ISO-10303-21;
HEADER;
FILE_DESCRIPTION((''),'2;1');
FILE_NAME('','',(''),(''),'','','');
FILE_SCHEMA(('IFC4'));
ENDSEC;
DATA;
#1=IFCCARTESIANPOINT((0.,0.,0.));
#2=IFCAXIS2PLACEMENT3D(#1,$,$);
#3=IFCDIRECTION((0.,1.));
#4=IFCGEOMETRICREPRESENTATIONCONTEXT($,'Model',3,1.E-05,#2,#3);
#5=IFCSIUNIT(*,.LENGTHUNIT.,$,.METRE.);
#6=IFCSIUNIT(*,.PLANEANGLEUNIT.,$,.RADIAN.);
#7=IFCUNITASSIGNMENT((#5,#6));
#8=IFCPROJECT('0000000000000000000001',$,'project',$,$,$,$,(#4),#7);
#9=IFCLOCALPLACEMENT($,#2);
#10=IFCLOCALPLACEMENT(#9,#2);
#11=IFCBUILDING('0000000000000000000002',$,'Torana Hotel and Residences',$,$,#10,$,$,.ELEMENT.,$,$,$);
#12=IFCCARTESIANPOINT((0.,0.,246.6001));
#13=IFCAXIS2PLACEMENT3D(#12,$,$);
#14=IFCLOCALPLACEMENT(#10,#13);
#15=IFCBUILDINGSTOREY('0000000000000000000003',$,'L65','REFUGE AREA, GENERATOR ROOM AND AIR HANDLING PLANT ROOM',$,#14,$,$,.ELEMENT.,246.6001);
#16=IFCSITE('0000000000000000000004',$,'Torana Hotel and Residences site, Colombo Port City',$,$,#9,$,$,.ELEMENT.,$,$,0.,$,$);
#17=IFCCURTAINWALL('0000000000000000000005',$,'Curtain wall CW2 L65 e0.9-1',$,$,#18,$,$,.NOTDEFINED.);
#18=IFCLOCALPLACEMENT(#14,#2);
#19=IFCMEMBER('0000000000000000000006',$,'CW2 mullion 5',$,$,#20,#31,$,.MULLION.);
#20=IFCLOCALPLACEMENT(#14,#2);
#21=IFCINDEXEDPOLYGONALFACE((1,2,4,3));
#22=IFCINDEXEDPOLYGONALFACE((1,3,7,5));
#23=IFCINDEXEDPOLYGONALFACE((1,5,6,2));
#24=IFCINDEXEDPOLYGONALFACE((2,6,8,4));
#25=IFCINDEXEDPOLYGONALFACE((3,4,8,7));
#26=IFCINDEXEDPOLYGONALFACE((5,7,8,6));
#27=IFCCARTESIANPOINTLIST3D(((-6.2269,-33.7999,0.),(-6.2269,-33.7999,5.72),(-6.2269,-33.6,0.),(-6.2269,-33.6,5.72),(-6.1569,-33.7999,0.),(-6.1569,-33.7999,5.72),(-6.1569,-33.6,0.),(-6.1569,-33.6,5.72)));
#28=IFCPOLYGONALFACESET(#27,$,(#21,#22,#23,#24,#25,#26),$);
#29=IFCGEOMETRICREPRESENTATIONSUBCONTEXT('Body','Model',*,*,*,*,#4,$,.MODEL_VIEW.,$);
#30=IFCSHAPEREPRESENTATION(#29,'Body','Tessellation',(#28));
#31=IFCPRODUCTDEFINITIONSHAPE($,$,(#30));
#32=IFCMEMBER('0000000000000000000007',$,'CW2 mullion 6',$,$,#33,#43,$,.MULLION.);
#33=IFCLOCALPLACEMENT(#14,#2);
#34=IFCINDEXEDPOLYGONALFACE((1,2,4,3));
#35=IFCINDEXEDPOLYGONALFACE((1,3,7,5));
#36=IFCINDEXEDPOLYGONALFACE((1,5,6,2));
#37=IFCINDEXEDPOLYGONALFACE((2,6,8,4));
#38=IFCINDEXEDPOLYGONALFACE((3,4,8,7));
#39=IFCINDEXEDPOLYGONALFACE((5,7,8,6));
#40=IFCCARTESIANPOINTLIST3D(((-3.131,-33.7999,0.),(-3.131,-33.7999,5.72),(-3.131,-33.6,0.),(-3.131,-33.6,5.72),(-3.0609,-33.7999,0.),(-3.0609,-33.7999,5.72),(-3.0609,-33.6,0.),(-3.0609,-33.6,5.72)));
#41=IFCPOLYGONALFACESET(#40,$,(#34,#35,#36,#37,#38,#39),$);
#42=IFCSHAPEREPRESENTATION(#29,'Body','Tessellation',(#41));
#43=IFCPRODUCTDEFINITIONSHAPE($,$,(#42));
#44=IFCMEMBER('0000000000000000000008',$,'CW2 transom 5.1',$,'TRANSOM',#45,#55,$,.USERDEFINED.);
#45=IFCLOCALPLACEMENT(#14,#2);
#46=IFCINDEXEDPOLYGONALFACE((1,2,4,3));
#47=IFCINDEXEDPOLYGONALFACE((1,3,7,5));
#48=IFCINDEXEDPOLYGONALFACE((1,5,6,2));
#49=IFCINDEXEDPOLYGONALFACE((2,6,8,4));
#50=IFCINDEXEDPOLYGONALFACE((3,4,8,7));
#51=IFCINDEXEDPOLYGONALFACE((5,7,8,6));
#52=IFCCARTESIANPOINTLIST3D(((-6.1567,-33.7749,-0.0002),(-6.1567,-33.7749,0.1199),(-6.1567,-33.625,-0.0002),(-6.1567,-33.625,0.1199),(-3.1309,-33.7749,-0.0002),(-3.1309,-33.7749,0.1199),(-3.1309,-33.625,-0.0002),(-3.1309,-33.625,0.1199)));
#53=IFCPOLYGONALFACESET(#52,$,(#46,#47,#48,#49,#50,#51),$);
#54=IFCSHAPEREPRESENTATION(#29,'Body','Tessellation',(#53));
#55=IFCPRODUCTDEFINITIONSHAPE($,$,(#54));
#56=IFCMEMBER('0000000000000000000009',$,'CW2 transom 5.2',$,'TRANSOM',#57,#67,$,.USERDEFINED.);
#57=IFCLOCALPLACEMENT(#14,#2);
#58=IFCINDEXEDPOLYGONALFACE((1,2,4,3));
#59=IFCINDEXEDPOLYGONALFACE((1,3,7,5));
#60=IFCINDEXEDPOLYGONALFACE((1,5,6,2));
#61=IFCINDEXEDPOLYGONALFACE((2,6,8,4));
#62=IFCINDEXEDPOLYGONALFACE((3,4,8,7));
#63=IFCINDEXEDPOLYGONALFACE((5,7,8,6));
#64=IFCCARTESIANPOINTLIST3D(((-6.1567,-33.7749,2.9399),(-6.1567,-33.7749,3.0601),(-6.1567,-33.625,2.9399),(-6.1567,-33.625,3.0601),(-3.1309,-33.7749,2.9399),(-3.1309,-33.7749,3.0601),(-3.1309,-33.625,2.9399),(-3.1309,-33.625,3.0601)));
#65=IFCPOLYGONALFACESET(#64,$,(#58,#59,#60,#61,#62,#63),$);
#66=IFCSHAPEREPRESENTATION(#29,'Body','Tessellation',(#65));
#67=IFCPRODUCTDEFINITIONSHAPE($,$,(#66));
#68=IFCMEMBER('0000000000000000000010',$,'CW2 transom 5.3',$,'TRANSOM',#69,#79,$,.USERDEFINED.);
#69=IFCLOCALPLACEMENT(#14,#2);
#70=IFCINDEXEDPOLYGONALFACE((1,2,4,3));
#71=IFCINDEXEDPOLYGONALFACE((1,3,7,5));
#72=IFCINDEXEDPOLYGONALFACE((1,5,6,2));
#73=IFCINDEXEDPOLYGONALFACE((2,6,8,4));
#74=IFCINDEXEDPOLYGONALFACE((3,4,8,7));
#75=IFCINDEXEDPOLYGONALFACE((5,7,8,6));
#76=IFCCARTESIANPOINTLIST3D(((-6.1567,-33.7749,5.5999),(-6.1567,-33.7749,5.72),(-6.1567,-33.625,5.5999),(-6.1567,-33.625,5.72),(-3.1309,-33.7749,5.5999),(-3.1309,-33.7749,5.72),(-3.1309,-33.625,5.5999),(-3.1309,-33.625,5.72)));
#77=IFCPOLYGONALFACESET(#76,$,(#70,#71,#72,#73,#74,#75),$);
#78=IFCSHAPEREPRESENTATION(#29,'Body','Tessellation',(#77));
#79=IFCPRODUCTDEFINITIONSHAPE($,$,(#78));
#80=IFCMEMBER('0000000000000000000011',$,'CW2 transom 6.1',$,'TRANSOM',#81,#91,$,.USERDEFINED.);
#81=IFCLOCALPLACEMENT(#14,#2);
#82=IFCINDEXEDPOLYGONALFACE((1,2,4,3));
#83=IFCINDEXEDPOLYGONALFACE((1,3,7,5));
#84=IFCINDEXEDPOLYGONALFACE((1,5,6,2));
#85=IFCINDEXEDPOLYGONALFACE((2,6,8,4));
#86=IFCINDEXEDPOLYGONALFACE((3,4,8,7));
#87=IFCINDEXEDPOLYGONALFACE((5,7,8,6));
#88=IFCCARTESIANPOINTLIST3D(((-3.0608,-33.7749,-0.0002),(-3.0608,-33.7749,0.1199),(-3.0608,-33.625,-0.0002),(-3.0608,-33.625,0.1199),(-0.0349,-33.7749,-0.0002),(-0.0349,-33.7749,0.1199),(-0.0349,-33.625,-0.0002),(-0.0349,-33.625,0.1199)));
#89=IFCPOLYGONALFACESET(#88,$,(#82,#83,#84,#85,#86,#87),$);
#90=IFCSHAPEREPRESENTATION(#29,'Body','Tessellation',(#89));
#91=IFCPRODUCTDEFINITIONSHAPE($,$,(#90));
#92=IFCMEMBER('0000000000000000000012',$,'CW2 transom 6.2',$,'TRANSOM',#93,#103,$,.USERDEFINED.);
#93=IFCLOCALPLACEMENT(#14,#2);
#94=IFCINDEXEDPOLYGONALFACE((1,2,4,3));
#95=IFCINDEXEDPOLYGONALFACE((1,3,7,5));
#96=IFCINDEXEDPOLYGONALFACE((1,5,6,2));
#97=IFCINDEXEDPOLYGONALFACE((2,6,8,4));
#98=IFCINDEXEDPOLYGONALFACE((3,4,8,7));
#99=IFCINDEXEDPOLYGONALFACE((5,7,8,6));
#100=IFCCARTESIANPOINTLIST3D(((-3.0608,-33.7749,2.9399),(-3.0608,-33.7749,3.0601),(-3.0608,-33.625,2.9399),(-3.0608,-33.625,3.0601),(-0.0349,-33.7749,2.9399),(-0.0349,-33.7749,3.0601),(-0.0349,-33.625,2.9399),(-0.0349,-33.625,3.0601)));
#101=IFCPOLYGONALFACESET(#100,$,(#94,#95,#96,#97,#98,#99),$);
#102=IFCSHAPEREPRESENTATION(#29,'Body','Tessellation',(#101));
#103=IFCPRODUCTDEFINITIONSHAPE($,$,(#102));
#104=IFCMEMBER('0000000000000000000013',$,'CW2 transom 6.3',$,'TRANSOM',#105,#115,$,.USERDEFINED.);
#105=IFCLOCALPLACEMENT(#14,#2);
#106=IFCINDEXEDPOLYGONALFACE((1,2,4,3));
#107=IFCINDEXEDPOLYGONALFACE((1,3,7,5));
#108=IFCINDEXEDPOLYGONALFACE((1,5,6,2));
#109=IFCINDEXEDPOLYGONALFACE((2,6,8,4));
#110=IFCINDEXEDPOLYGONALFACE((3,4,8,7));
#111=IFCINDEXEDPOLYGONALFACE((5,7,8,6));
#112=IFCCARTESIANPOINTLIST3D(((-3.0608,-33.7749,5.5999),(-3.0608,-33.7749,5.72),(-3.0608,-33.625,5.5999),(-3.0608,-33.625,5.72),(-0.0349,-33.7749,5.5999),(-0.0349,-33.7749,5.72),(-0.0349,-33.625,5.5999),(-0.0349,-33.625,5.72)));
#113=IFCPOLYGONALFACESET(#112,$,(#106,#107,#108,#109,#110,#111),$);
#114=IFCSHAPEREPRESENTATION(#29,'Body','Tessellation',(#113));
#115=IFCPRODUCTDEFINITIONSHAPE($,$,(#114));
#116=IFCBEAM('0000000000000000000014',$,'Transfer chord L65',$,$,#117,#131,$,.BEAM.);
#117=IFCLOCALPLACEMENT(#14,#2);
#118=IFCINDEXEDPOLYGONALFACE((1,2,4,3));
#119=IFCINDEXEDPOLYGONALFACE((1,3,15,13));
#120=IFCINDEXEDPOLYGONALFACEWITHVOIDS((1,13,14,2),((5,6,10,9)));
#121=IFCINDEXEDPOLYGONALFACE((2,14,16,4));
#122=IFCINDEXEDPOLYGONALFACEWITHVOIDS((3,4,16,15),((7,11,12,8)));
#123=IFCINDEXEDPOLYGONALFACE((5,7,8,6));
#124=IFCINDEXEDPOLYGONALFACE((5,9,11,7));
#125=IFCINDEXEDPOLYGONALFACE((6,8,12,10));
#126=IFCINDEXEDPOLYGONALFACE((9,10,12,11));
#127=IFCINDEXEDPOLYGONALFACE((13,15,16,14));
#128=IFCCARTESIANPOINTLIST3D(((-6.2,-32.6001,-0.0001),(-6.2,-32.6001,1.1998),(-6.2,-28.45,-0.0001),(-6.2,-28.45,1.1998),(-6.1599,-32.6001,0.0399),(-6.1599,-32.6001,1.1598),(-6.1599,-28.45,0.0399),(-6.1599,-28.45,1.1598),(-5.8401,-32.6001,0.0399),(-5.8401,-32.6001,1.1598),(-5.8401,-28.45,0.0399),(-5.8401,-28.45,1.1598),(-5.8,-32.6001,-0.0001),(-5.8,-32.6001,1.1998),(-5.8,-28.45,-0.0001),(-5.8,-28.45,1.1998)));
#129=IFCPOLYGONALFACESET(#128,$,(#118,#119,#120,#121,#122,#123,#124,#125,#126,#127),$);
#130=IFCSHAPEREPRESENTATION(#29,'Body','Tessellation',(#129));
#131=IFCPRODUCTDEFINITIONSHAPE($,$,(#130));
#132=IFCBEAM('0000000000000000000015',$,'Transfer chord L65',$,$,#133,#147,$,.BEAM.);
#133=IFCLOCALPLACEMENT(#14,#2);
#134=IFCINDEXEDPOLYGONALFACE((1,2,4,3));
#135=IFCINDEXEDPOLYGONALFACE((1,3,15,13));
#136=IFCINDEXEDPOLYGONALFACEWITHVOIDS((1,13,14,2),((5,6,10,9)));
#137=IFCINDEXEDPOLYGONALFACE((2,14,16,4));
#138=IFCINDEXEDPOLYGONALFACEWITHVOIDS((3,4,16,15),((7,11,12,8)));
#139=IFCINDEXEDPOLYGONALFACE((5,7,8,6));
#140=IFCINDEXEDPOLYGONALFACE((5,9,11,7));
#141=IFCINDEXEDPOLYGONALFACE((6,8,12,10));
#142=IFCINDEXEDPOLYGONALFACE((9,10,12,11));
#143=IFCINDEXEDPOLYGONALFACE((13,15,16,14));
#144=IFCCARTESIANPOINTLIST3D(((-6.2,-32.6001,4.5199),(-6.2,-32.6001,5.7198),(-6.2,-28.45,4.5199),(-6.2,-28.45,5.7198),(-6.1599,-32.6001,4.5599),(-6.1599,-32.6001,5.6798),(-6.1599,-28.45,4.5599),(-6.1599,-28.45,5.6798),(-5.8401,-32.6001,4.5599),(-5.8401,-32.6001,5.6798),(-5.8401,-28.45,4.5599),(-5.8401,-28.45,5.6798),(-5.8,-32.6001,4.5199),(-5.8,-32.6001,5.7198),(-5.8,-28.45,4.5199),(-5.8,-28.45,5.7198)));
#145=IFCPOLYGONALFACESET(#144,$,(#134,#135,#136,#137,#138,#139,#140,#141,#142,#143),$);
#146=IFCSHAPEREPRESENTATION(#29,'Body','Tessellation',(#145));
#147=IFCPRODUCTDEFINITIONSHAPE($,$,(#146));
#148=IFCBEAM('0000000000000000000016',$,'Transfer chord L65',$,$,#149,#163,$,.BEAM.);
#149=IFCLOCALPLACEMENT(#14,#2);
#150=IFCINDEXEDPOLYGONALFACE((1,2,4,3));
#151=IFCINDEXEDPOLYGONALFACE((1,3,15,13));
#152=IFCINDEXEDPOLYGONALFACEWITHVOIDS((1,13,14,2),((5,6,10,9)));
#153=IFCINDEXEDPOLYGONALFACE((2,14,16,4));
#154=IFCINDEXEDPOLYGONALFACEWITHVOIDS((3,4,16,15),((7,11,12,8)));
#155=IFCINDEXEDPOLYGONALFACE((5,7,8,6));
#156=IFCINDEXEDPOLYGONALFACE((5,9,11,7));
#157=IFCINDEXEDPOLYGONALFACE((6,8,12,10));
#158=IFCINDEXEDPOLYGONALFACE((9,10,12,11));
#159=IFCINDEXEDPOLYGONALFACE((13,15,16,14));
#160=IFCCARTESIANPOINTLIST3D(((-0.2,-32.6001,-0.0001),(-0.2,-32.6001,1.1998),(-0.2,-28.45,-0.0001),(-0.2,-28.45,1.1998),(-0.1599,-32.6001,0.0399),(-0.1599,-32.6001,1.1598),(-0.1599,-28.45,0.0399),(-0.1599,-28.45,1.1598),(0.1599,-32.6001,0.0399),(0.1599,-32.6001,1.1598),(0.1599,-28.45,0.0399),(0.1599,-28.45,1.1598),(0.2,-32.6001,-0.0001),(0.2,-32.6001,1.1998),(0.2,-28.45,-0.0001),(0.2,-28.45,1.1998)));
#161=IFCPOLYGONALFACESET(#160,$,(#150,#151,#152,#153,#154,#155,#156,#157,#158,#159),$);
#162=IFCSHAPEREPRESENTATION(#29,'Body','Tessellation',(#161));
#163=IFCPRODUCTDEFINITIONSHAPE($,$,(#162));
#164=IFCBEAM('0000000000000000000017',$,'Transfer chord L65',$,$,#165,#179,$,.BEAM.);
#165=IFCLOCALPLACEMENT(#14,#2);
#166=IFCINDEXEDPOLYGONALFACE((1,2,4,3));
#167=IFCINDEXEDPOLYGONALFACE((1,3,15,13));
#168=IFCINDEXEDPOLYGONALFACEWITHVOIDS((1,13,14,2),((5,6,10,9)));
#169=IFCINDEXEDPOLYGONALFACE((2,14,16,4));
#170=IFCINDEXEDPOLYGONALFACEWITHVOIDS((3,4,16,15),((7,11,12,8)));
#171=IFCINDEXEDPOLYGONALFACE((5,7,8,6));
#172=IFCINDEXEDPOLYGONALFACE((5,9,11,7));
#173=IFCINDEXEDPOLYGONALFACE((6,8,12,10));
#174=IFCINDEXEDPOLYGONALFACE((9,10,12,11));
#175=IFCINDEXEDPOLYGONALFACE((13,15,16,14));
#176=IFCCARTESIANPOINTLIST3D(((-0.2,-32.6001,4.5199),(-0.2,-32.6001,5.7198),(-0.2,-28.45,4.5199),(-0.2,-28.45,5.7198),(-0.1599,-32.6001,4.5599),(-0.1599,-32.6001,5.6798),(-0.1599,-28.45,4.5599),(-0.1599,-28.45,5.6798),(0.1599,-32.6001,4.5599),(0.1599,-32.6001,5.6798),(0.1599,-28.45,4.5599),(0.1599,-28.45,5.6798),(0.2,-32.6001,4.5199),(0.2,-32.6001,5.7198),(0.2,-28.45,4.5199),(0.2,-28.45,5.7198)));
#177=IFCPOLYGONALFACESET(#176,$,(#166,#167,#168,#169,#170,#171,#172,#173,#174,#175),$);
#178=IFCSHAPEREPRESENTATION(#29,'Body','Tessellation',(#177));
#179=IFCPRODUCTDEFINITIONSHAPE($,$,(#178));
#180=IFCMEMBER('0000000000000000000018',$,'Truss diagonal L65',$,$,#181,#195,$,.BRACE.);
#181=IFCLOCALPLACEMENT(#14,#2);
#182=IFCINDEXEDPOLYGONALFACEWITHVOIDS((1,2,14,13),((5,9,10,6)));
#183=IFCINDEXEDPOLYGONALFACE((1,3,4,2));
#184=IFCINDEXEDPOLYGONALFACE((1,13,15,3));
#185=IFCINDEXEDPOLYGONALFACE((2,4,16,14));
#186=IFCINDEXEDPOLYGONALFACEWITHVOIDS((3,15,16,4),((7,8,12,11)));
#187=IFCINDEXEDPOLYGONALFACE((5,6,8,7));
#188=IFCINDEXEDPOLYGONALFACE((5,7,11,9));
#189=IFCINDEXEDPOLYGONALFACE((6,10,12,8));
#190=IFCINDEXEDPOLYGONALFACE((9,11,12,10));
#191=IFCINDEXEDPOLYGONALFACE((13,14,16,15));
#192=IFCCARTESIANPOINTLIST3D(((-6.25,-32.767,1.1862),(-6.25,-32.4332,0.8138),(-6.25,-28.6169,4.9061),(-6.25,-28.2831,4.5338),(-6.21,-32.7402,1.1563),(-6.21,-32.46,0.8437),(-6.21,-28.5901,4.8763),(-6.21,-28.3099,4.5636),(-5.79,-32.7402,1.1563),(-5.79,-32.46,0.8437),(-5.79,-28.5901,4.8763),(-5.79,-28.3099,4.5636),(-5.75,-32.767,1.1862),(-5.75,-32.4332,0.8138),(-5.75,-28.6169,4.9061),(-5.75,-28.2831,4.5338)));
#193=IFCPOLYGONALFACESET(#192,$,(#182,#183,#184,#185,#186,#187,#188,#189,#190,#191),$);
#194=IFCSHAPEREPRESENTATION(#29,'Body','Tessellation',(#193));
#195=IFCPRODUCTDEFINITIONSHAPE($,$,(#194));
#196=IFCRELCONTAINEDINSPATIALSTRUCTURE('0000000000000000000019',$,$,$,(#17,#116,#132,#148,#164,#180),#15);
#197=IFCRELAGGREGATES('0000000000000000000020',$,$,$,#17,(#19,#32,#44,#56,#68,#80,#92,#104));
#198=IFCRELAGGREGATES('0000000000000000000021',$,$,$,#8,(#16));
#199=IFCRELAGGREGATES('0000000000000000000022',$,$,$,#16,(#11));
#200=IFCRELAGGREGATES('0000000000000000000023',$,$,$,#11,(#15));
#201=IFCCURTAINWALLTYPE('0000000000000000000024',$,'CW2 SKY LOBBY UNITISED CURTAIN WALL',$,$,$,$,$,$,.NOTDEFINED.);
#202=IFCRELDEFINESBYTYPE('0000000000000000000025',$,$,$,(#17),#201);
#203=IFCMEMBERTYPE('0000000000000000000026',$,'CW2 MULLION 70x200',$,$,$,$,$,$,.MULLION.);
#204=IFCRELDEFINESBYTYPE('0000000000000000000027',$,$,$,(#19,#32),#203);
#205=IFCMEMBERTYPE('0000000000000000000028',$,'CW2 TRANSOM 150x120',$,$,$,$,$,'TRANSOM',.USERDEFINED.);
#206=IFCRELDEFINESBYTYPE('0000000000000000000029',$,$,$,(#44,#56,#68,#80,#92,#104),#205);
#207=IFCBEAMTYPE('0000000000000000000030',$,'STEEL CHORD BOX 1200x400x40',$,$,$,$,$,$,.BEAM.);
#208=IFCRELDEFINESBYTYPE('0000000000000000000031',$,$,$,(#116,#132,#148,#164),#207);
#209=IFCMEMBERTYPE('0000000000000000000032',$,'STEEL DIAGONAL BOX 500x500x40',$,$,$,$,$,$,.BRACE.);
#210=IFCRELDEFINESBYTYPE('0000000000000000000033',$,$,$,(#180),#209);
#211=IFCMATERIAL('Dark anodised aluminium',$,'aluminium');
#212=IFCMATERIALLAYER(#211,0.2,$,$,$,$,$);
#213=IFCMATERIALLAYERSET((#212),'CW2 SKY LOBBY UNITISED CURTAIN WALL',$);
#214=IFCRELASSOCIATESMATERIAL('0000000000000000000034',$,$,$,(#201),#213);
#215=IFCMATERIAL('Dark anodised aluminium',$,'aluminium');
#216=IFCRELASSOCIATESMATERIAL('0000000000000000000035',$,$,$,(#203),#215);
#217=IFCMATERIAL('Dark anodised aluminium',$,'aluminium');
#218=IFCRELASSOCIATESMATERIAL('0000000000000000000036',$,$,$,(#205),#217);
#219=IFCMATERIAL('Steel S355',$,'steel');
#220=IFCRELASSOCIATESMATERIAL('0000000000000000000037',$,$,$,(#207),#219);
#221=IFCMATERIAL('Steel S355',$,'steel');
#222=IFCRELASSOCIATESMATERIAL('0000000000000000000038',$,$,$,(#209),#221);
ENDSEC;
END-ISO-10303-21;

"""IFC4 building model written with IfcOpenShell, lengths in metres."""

from ifc_helpers import new_model, si_unit, direction, frame, origin, origin_2d, place, context, subcontext, project, spatial, rectangle, hollow_rectangle, extrude, material, layer, layer_set, material_profile, profile_set, type_object, element, aggregate, save


model = new_model("IFC4")

# Units and contexts
model_context = context("Model", 3, precision=1e-05, world=origin(), true_north=direction((0.0, 1.0)))
body_context = subcontext(model_context, "Body", "Model", "MODEL_VIEW")
ifc_project = project(units=[si_unit("LENGTHUNIT", "METRE"), si_unit("PLANEANGLEUNIT", "RADIAN")], contexts=[model_context])

# Site, building, storey
site_placement = place(None, origin())
site = spatial("IfcSite", under=ifc_project, at=site_placement, Name="Torana Hotel and Residences site, Colombo Port City", CompositionType="ELEMENT", RefElevation=0.0)
building_placement = place(site_placement, origin())
building = spatial("IfcBuilding", under=site, at=building_placement, Name="Torana Hotel and Residences", CompositionType="ELEMENT")
storey_placement = place(building_placement, frame((0.0, 0.0, 246.6001)))
storey = spatial("IfcBuildingStorey", under=building, at=storey_placement, Name="L65", Description="REFUGE AREA, GENERATOR ROOM AND AIR HANDLING PLANT ROOM", CompositionType="ELEMENT", Elevation=246.6001)

# Curtain wall, members
ifc_material_1 = material(Name="Dark anodised aluminium", Category="aluminium")
ifc_layer_1 = layer(ifc_material_1, 0.2)
ifc_layer_set_1 = layer_set([ifc_layer_1], Name="CW2 SKY LOBBY UNITISED CURTAIN WALL")
curtain_wall_type = type_object("IfcCurtainWallType", Name="CW2 SKY LOBBY UNITISED CURTAIN WALL", PredefinedType="NOTDEFINED", material=ifc_layer_set_1)
curtain_wall_placement = place(storey_placement, origin())
curtain_wall = element("IfcCurtainWall", 1, at=curtain_wall_placement, inside=storey, type_object=curtain_wall_type, Name="Curtain wall CW2 L65 e0.9-1", PredefinedType="NOTDEFINED")
ifc_material_2 = material(Name="Dark anodised aluminium", Category="aluminium")
ifc_material_profile_1 = material_profile(ifc_material_2, rectangle(XDim=0.2, YDim=0.0701, at=origin_2d()), Name="CW2 MULLION 70x200")
ifc_profile_set_1 = profile_set([ifc_material_profile_1], Name="Dark anodised aluminium")
member_type_1 = type_object("IfcMemberType", Name="CW2 MULLION 70x200", PredefinedType="MULLION", material=ifc_profile_set_1)
member_1_placement = place(storey_placement, frame((-6.1919, -33.7, 0.0), z_axis=(0.0, 0.0, 1.0), x_axis=(0.0, 1.0, 0.0)))
member_1 = element("IfcMember", 2, at=member_1_placement, type_object=member_type_1, Name="CW2 mullion 5", PredefinedType="MULLION", context=body_context, shape_type="SweptSolid", body=[
    extrude(rectangle(XDim=0.2, YDim=0.0701, at=origin_2d()), origin(), (0.0, 0.0, 1.0), 5.72),
])
member_2_placement = place(storey_placement, frame((-3.0959, -33.7, 0.0), z_axis=(0.0, 0.0, 1.0), x_axis=(0.0, 1.0, 0.0)))
member_2 = element("IfcMember", 3, at=member_2_placement, type_object=member_type_1, Name="CW2 mullion 6", PredefinedType="MULLION", context=body_context, shape_type="SweptSolid", body=[
    extrude(rectangle(XDim=0.2, YDim=0.0701, at=origin_2d()), origin(), (0.0, 0.0, 1.0), 5.72),
])
ifc_material_3 = material(Name="Dark anodised aluminium", Category="aluminium")
ifc_material_profile_2 = material_profile(ifc_material_3, rectangle(XDim=0.1499, YDim=0.1201, at=origin_2d()), Name="CW2 TRANSOM 150x120")
ifc_profile_set_2 = profile_set([ifc_material_profile_2], Name="Dark anodised aluminium")
member_type_2 = type_object("IfcMemberType", Name="CW2 TRANSOM 150x120", ElementType="TRANSOM", PredefinedType="USERDEFINED", material=ifc_profile_set_2)
member_3_placement = place(storey_placement, frame((-6.1567, -33.7, 0.0598), z_axis=(1.0, 0.0, 0.0), x_axis=(0.0, 1.0, 0.0)))
member_3 = element("IfcMember", 4, at=member_3_placement, type_object=member_type_2, Name="CW2 transom 5.1", ObjectType="TRANSOM", PredefinedType="USERDEFINED", context=body_context, shape_type="SweptSolid", body=[
    extrude(rectangle(XDim=0.1499, YDim=0.1201, at=origin_2d()), origin(), (0.0, 0.0, 1.0), 3.0259),
])
member_4_placement = place(storey_placement, frame((-6.1567, -33.7, 3.0), z_axis=(1.0, 0.0, 0.0), x_axis=(0.0, 1.0, 0.0)))
member_4 = element("IfcMember", 5, at=member_4_placement, type_object=member_type_2, Name="CW2 transom 5.2", ObjectType="TRANSOM", PredefinedType="USERDEFINED", context=body_context, shape_type="SweptSolid", body=[
    extrude(rectangle(XDim=0.1499, YDim=0.1201, at=origin_2d()), origin(), (0.0, 0.0, 1.0), 3.0259),
])
member_5_placement = place(storey_placement, frame((-6.1567, -33.7, 5.6599), z_axis=(1.0, 0.0, 0.0), x_axis=(0.0, 1.0, 0.0)))
member_5 = element("IfcMember", 6, at=member_5_placement, type_object=member_type_2, Name="CW2 transom 5.3", ObjectType="TRANSOM", PredefinedType="USERDEFINED", context=body_context, shape_type="SweptSolid", body=[
    extrude(rectangle(XDim=0.1499, YDim=0.1201, at=origin_2d()), origin(), (0.0, 0.0, 1.0), 3.0259),
])
member_6_placement = place(storey_placement, frame((-3.0608, -33.7, 0.0598), z_axis=(1.0, 0.0, 0.0), x_axis=(0.0, 1.0, 0.0)))
member_6 = element("IfcMember", 7, at=member_6_placement, type_object=member_type_2, Name="CW2 transom 6.1", ObjectType="TRANSOM", PredefinedType="USERDEFINED", context=body_context, shape_type="SweptSolid", body=[
    extrude(rectangle(XDim=0.1499, YDim=0.1201, at=origin_2d()), origin(), (0.0, 0.0, 1.0), 3.0259),
])
member_7_placement = place(storey_placement, frame((-3.0608, -33.7, 3.0), z_axis=(1.0, 0.0, 0.0), x_axis=(0.0, 1.0, 0.0)))
member_7 = element("IfcMember", 8, at=member_7_placement, type_object=member_type_2, Name="CW2 transom 6.2", ObjectType="TRANSOM", PredefinedType="USERDEFINED", context=body_context, shape_type="SweptSolid", body=[
    extrude(rectangle(XDim=0.1499, YDim=0.1201, at=origin_2d()), origin(), (0.0, 0.0, 1.0), 3.0259),
])
member_8_placement = place(storey_placement, frame((-3.0608, -33.7, 5.6599), z_axis=(1.0, 0.0, 0.0), x_axis=(0.0, 1.0, 0.0)))
member_8 = element("IfcMember", 9, at=member_8_placement, type_object=member_type_2, Name="CW2 transom 6.3", ObjectType="TRANSOM", PredefinedType="USERDEFINED", context=body_context, shape_type="SweptSolid", body=[
    extrude(rectangle(XDim=0.1499, YDim=0.1201, at=origin_2d()), origin(), (0.0, 0.0, 1.0), 3.0259),
])

# Beams
ifc_material_4 = material(Name="Steel S355", Category="steel")
ifc_material_profile_3 = material_profile(ifc_material_4, hollow_rectangle(XDim=0.3999, YDim=1.2, WallThickness=0.04, at=origin_2d()), Name="BOX 1200x400x40")
ifc_profile_set_3 = profile_set([ifc_material_profile_3], Name="Steel S355")
beam_type = type_object("IfcBeamType", Name="STEEL CHORD BOX 1200x400x40", PredefinedType="BEAM", material=ifc_profile_set_3)
for number, where, z_axis, x_axis, name in (
    (10, (-6.0, -32.6001, 0.5999), (0.0, 1.0, 0.0), (-1.0, 0.0, 0.0), "Transfer chord L65"),
    (11, (-6.0, -32.6001, 5.1199), (0.0, 1.0, 0.0), (-1.0, 0.0, 0.0), "Transfer chord L65"),
    (12, (0.0, -32.6001, 0.5999), (0.0, 1.0, 0.0), (-1.0, 0.0, 0.0), "Transfer chord L65"),
    (13, (0.0, -32.6001, 5.1199), (0.0, 1.0, 0.0), (-1.0, 0.0, 0.0), "Transfer chord L65"),
):
    element("IfcBeam", number, at=place(storey_placement, frame(where, z_axis=z_axis, x_axis=x_axis)), inside=storey, type_object=beam_type, Name=name, PredefinedType="BEAM", context=body_context, shape_type="SweptSolid", body=[
        extrude(hollow_rectangle(XDim=0.3999, YDim=1.2, WallThickness=0.04, at=origin_2d()), origin(), (0.0, 0.0, 1.0), 4.1501),
    ])

# Member
ifc_material_5 = material(Name="Steel S355", Category="steel")
ifc_material_profile_4 = material_profile(ifc_material_5, hollow_rectangle(XDim=0.5, YDim=0.5, WallThickness=0.04, at=origin_2d()), Name="BOX 500x500x40")
ifc_profile_set_4 = profile_set([ifc_material_profile_4], Name="Steel S355")
member_type_3 = type_object("IfcMemberType", Name="STEEL DIAGONAL BOX 500x500x40", PredefinedType="BRACE", material=ifc_profile_set_4)
member_9_placement = place(storey_placement, frame((-6.0, -32.6001, 1.0), z_axis=(0.0, 0.744645, 0.66746), x_axis=(-1.0, 0.0, 0.0)))
element("IfcMember", 14, at=member_9_placement, inside=storey, type_object=member_type_3, Name="Truss diagonal L65", PredefinedType="BRACE", context=body_context, shape_type="SweptSolid", body=[
    extrude(hollow_rectangle(XDim=0.5, YDim=0.5, WallThickness=0.04, at=origin_2d()), origin(), (0.0, 0.0, 1.0), 5.5732),
])

aggregate(curtain_wall, [member_1, member_2, member_3, member_4, member_5, member_6, member_7, member_8])

save(model, "model.ifc")
